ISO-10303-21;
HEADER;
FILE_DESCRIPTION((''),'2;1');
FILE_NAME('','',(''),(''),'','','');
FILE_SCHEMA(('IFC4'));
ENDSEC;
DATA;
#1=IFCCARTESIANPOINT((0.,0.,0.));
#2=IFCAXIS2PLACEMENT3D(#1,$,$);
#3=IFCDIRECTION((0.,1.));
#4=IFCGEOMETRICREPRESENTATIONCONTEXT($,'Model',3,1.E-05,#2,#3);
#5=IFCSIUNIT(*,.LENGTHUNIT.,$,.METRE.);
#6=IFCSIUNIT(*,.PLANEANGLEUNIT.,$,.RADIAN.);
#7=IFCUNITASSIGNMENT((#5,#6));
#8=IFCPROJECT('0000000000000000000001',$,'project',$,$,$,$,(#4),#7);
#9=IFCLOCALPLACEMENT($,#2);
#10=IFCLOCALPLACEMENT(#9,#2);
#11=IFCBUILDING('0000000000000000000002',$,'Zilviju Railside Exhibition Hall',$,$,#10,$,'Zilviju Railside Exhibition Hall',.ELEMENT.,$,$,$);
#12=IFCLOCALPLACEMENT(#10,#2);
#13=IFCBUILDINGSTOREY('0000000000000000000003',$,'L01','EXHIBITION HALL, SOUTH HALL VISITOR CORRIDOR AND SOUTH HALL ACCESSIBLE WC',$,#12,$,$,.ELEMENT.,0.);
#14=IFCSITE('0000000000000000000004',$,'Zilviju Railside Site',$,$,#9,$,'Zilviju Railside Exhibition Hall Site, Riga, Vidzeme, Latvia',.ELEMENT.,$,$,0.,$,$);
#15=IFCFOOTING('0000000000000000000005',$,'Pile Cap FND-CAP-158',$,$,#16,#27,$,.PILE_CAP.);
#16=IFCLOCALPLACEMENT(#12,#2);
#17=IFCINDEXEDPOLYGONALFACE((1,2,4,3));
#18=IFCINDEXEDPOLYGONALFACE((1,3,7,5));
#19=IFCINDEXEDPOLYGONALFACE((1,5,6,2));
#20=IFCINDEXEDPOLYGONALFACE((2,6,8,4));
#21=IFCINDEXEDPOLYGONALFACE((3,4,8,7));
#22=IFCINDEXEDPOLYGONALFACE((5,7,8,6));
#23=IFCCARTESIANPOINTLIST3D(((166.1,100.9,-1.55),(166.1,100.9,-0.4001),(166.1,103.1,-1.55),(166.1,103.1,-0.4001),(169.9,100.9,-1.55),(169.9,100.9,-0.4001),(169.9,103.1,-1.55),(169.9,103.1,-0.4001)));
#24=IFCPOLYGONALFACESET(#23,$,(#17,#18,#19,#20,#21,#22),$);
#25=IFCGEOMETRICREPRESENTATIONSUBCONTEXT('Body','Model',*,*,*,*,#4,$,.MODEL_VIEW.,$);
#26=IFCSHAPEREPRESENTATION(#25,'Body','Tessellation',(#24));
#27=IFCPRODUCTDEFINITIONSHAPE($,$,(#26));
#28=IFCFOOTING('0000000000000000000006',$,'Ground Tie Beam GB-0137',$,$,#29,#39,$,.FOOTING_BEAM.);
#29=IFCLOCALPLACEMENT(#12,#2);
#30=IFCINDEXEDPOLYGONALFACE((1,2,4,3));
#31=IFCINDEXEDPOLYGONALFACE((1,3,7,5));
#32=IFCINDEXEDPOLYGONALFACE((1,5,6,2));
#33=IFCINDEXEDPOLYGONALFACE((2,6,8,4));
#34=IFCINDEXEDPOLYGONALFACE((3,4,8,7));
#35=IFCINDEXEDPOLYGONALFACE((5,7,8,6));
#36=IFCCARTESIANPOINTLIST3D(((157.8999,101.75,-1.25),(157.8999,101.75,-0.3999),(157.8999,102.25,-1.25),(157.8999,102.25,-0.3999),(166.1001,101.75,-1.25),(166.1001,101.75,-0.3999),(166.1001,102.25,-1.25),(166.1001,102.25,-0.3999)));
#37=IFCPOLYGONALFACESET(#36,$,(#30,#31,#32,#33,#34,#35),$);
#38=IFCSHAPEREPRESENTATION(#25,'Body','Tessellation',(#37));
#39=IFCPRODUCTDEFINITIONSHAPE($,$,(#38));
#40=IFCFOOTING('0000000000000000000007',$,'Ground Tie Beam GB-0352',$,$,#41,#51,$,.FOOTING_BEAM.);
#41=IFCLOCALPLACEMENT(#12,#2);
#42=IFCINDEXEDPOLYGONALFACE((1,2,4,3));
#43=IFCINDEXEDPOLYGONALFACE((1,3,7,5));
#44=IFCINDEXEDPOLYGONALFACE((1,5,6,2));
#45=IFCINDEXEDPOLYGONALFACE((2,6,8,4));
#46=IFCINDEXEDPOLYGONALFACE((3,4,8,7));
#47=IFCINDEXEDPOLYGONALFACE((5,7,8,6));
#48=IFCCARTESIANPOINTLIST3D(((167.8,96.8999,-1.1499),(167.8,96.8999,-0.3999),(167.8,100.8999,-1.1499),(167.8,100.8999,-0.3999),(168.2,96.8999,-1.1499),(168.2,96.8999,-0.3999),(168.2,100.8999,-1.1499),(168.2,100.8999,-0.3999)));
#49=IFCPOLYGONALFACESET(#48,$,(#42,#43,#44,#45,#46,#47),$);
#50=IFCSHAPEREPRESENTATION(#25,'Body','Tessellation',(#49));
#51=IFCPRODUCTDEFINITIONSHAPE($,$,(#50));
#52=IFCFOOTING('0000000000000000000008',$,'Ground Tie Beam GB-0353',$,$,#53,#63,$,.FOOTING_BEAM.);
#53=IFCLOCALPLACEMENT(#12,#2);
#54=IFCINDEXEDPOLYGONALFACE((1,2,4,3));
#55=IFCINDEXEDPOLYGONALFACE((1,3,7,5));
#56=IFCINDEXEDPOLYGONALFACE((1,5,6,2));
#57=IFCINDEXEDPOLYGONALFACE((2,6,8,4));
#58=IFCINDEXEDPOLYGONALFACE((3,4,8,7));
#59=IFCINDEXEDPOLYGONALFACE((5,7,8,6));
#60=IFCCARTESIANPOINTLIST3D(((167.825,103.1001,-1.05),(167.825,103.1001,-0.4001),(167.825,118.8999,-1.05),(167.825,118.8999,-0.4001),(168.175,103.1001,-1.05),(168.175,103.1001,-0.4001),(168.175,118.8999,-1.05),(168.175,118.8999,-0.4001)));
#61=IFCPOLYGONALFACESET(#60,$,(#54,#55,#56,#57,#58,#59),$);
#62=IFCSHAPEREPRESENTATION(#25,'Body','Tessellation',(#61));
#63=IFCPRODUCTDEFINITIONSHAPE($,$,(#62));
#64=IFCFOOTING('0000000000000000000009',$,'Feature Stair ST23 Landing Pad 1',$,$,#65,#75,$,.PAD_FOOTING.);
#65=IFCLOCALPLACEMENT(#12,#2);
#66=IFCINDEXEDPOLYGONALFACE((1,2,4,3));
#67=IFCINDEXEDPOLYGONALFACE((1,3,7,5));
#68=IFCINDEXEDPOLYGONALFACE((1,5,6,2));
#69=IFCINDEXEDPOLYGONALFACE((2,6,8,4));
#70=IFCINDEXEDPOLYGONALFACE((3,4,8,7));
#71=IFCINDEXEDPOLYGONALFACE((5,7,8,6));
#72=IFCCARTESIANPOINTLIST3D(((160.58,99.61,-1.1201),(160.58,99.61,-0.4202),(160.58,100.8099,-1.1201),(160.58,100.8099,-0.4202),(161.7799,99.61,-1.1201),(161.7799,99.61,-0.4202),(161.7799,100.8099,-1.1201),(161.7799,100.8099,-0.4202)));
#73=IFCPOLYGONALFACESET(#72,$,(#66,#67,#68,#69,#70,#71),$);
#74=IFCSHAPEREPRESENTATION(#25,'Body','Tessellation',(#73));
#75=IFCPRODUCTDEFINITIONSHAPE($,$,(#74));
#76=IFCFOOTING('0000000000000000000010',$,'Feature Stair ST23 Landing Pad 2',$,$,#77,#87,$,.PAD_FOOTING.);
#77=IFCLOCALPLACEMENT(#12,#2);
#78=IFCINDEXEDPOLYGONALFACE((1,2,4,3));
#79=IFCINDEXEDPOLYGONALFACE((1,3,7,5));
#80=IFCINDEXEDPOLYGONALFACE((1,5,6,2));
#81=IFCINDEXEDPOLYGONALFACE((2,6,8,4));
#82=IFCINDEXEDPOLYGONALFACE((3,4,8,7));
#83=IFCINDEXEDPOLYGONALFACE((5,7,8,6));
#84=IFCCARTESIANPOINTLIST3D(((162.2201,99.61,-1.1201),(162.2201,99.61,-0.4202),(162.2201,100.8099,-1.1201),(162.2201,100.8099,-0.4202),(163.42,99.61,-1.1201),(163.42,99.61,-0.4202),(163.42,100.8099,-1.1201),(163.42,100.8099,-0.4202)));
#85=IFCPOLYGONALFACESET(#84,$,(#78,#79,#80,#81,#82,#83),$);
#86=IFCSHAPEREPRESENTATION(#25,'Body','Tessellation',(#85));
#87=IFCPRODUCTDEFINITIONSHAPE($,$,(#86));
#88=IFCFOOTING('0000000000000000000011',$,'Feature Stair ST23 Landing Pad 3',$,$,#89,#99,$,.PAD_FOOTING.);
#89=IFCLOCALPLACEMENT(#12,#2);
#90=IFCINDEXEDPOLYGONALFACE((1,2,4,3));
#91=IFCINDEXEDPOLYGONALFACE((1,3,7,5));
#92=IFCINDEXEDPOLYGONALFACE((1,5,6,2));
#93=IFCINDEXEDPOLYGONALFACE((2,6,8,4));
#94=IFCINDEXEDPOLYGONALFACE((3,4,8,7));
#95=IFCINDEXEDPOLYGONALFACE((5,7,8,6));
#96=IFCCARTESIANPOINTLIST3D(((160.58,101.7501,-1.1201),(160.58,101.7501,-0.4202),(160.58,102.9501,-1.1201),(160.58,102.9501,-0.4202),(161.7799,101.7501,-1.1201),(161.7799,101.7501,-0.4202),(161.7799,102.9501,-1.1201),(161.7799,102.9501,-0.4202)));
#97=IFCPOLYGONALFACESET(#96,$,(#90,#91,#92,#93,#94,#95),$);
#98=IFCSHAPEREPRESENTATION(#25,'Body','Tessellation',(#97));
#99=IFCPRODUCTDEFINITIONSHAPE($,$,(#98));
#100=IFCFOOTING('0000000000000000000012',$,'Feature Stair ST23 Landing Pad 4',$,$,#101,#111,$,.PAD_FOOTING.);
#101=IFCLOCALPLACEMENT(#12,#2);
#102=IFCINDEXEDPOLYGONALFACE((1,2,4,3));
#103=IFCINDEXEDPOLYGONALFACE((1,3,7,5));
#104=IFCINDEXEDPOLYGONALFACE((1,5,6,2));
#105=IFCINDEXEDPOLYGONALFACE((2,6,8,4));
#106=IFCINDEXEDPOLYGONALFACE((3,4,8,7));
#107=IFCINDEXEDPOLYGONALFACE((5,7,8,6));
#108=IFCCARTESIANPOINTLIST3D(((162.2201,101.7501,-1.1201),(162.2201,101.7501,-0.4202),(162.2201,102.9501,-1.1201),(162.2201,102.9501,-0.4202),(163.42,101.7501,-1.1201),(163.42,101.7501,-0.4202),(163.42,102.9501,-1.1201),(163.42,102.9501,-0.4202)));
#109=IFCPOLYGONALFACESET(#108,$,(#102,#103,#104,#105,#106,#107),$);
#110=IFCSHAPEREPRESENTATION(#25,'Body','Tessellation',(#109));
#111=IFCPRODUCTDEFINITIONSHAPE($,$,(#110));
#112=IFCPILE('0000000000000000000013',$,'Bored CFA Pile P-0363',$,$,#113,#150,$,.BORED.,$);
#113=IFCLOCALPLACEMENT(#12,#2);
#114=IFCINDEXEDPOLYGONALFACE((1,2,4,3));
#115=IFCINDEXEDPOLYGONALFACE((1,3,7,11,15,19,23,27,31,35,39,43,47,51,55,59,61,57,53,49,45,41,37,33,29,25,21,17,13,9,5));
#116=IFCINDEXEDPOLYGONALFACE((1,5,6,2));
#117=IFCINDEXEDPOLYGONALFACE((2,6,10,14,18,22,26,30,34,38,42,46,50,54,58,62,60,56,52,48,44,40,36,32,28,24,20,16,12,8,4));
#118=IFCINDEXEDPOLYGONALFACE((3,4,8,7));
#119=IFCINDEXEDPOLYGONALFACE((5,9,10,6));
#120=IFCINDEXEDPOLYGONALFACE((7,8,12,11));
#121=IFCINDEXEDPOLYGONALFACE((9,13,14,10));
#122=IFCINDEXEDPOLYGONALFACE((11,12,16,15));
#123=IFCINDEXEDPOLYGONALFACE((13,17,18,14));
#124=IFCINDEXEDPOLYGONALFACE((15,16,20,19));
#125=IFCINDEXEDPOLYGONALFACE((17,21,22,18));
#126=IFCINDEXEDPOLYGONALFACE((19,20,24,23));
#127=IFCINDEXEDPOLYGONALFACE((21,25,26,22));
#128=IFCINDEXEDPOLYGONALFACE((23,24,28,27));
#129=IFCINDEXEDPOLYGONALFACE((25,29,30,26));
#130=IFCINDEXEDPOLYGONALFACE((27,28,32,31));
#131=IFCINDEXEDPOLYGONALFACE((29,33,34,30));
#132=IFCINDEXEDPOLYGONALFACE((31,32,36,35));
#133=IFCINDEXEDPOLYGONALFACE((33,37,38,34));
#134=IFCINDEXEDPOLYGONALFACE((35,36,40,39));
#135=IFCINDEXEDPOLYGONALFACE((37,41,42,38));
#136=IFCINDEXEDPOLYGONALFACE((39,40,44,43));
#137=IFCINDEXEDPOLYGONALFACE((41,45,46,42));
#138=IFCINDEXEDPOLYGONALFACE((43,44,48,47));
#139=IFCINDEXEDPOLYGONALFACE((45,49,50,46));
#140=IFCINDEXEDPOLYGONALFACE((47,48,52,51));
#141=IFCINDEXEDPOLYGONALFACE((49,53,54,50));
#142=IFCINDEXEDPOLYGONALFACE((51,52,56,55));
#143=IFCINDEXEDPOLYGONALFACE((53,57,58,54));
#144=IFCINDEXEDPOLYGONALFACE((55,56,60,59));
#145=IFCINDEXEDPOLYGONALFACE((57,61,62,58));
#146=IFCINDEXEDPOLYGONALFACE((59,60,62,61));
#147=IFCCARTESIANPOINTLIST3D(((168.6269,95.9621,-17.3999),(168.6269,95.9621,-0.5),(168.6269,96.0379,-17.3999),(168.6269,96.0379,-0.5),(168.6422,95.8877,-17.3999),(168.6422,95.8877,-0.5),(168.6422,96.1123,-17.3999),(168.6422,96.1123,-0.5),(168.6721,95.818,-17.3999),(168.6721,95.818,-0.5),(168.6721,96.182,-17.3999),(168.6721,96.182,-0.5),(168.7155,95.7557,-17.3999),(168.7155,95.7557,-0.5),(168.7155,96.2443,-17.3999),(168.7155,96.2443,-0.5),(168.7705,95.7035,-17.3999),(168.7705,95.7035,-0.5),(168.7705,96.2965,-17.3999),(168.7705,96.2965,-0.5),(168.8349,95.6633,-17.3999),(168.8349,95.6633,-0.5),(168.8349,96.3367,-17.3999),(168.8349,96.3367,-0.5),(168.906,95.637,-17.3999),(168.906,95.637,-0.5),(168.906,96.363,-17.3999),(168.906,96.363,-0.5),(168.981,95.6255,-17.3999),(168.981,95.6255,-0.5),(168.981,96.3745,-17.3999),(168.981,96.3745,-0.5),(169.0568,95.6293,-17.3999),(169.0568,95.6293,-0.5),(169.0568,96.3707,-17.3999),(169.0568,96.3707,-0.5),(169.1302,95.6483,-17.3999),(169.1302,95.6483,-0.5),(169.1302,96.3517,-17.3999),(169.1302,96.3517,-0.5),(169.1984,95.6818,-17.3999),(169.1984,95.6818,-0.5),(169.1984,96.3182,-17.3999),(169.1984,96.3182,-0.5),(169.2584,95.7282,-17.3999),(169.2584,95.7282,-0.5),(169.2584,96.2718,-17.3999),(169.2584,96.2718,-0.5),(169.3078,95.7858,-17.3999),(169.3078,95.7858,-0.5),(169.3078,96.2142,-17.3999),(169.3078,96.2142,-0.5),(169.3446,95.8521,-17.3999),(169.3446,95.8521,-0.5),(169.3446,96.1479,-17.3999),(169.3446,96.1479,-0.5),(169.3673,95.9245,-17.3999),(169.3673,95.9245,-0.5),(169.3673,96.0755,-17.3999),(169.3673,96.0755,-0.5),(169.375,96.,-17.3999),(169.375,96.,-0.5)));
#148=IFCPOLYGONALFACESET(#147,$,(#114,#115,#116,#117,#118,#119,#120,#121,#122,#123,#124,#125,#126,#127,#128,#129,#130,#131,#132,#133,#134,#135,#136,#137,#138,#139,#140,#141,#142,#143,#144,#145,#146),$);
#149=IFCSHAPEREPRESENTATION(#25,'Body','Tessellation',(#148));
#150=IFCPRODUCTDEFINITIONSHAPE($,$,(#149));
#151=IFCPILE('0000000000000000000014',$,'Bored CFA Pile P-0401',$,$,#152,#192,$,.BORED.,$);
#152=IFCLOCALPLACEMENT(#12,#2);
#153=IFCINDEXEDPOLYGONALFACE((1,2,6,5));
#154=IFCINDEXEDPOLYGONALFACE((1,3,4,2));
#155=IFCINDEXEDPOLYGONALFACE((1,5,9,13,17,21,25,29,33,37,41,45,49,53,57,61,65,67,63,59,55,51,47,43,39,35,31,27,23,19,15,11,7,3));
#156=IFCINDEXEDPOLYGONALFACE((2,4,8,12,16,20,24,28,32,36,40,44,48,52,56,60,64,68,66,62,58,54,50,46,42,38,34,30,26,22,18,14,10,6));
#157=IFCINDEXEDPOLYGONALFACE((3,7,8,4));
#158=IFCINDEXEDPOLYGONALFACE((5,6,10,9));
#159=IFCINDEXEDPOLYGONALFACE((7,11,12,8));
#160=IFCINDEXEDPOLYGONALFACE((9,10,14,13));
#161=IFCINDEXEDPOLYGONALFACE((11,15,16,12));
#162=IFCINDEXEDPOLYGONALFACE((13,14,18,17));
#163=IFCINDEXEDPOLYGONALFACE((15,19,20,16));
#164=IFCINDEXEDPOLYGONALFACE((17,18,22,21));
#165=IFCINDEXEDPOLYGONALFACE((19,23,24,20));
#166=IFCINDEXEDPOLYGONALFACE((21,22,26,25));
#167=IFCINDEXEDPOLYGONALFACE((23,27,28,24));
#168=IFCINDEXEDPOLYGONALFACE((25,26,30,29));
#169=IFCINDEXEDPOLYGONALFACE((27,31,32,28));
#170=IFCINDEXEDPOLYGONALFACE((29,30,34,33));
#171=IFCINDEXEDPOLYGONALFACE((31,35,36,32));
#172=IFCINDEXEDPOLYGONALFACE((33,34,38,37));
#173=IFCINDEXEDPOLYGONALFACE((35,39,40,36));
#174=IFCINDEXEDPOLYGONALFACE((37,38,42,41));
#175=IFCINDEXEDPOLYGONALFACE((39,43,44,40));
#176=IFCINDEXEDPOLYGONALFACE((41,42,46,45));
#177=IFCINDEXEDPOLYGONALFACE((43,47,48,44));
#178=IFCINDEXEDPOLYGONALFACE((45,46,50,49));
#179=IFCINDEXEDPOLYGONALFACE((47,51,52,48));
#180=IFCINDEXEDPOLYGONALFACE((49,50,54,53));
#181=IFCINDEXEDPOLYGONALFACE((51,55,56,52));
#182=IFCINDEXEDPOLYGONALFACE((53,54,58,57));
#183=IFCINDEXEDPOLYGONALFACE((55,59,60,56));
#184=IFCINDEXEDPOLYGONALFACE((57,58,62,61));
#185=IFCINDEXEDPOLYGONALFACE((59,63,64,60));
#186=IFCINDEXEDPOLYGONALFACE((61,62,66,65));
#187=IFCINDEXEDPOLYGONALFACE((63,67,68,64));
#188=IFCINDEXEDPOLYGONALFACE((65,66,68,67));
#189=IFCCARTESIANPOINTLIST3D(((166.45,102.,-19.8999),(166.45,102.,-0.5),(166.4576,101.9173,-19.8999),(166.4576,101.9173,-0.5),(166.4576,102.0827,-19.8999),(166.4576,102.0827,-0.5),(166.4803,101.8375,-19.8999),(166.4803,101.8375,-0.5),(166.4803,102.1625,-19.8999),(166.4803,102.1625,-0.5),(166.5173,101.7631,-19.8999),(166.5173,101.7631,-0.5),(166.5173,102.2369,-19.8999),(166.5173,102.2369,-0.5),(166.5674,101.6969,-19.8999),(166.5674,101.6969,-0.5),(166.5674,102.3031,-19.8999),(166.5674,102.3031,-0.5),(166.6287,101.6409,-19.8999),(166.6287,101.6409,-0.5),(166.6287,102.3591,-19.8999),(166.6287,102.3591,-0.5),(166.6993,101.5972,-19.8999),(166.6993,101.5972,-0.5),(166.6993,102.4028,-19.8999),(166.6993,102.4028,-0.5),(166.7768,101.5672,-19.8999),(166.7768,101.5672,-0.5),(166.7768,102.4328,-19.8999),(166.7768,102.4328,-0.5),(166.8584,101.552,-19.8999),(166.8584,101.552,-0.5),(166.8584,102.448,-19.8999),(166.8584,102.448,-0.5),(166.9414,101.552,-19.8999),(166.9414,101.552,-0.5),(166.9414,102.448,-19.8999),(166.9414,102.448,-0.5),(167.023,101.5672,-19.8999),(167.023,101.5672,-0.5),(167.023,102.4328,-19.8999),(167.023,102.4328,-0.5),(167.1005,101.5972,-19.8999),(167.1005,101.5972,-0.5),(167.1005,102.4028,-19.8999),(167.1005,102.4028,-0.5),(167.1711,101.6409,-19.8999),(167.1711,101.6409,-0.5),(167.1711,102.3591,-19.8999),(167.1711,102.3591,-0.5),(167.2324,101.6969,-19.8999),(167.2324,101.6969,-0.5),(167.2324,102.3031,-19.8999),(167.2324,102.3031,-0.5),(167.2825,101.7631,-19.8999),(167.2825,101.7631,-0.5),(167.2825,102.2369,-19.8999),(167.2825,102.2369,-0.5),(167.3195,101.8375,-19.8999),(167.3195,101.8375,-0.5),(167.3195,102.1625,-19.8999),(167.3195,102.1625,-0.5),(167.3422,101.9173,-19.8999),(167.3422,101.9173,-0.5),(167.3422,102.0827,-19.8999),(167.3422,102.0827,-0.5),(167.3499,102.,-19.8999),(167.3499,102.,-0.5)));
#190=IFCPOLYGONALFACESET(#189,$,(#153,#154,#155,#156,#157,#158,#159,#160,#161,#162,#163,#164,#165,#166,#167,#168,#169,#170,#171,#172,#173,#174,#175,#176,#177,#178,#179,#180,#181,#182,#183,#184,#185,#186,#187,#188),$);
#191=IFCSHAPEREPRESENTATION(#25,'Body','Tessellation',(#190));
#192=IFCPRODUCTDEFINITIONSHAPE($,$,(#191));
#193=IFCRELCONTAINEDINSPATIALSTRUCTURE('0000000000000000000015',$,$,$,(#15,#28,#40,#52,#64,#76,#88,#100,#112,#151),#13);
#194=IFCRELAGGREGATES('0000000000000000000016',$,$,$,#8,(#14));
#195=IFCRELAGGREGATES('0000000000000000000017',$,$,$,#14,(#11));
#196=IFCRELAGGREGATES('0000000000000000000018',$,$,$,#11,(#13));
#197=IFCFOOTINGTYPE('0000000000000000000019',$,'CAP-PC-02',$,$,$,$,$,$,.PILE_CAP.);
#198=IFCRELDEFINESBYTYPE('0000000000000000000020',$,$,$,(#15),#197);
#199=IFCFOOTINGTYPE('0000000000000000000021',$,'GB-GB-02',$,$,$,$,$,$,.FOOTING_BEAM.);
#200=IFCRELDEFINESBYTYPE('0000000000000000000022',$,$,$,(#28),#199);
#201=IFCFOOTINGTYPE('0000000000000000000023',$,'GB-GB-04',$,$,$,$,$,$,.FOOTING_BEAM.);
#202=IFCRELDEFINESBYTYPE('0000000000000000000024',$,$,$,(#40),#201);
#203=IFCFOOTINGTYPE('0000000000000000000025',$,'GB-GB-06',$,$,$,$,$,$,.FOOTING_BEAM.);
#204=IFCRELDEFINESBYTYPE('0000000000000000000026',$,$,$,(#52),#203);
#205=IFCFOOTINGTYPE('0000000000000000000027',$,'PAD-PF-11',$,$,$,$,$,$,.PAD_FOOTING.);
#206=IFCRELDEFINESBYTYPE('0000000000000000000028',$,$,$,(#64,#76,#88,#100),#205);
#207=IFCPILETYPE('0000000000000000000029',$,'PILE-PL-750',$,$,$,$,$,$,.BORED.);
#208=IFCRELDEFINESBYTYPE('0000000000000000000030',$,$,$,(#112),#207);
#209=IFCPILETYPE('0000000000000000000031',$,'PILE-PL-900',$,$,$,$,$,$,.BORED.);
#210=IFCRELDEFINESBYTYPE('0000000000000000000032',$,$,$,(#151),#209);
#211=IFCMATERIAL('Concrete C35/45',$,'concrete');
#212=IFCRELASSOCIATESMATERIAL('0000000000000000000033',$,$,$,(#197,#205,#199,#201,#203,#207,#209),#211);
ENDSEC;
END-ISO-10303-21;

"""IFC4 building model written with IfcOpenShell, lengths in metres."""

from ifc_helpers import new_model, si_unit, direction, frame, origin, origin_2d, place, context, subcontext, project, spatial, rectangle, circle, extrude, material, material_profile, profile_set, type_object, element, save


model = new_model("IFC4")

# Units and contexts
model_context = context("Model", 3, precision=1e-05, world=origin(), true_north=direction((0.0, 1.0)))
body_context = subcontext(model_context, "Body", "Model", "MODEL_VIEW")
ifc_project = project(units=[si_unit("LENGTHUNIT", "METRE"), si_unit("PLANEANGLEUNIT", "RADIAN")], contexts=[model_context])

# Site, building, storey
site_placement = place(None, origin())
site = spatial("IfcSite", under=ifc_project, at=site_placement, Name="Zilviju Railside Site", LongName="Zilviju Railside Exhibition Hall Site, Riga, Vidzeme, Latvia", CompositionType="ELEMENT", RefElevation=0.0)
building_placement = place(site_placement, origin())
building = spatial("IfcBuilding", under=site, at=building_placement, Name="Zilviju Railside Exhibition Hall", LongName="Zilviju Railside Exhibition Hall", CompositionType="ELEMENT")
storey_placement = place(building_placement, origin())
storey = spatial("IfcBuildingStorey", under=building, at=storey_placement, Name="L01", Description="EXHIBITION HALL, SOUTH HALL VISITOR CORRIDOR AND SOUTH HALL ACCESSIBLE WC", CompositionType="ELEMENT", Elevation=0.0)

# Footings
ifc_material_1 = material(Name="Concrete C35/45", Category="concrete")
footing_type_1 = type_object("IfcFootingType", Name="CAP-PC-02", PredefinedType="PILE_CAP", material=ifc_material_1)
footing_1_placement = place(storey_placement, frame((168.0, 102.0, -1.55), z_axis=(0.0, 0.0, 1.0), x_axis=(1.0, 0.0, 0.0)))
element("IfcFooting", 1, at=footing_1_placement, inside=storey, type_object=footing_type_1, Name="Pile Cap FND-CAP-158", PredefinedType="PILE_CAP", context=body_context, shape_type="SweptSolid", body=[
    extrude(rectangle(XDim=3.8, YDim=2.2, at=origin_2d()), origin(), (0.0, 0.0, 1.0), 1.1499),
])
ifc_material_profile_1 = material_profile(ifc_material_1, rectangle(XDim=0.5, YDim=0.8501, at=origin_2d()), Name="TIE BEAM 500x850")
ifc_profile_set_1 = profile_set([ifc_material_profile_1], Name="Concrete C35/45")
footing_type_2 = type_object("IfcFootingType", Name="GB-GB-02", PredefinedType="FOOTING_BEAM", material=ifc_profile_set_1)
footing_2_placement = place(storey_placement, frame((157.8999, 102.0, -0.825), z_axis=(1.0, 0.0, 0.0), x_axis=(0.0, 1.0, 0.0)))
element("IfcFooting", 2, at=footing_2_placement, inside=storey, type_object=footing_type_2, Name="Ground Tie Beam GB-0137", PredefinedType="FOOTING_BEAM", context=body_context, shape_type="SweptSolid", body=[
    extrude(rectangle(XDim=0.5, YDim=0.8501, at=origin_2d()), origin(), (0.0, 0.0, 1.0), 8.2002),
])
ifc_material_profile_2 = material_profile(ifc_material_1, rectangle(XDim=0.3999, YDim=0.75, at=origin_2d()), Name="TIE BEAM 400x750")
ifc_profile_set_2 = profile_set([ifc_material_profile_2], Name="Concrete C35/45")
footing_type_3 = type_object("IfcFootingType", Name="GB-GB-04", PredefinedType="FOOTING_BEAM", material=ifc_profile_set_2)
footing_3_placement = place(storey_placement, frame((168.0, 96.8999, -0.7749), z_axis=(0.0, 1.0, 0.0), x_axis=(-1.0, 0.0, 0.0)))
element("IfcFooting", 3, at=footing_3_placement, inside=storey, type_object=footing_type_3, Name="Ground Tie Beam GB-0352", PredefinedType="FOOTING_BEAM", context=body_context, shape_type="SweptSolid", body=[
    extrude(rectangle(XDim=0.3999, YDim=0.75, at=origin_2d()), origin(), (0.0, 0.0, 1.0), 4.0),
])
ifc_material_profile_3 = material_profile(ifc_material_1, rectangle(XDim=0.3501, YDim=0.6499, at=origin_2d()), Name="TIE BEAM 350x650")
ifc_profile_set_3 = profile_set([ifc_material_profile_3], Name="Concrete C35/45")
footing_type_4 = type_object("IfcFootingType", Name="GB-GB-06", PredefinedType="FOOTING_BEAM", material=ifc_profile_set_3)
footing_4_placement = place(storey_placement, frame((168.0, 103.1001, -0.7251), z_axis=(0.0, 1.0, 0.0), x_axis=(-1.0, 0.0, 0.0)))
element("IfcFooting", 4, at=footing_4_placement, inside=storey, type_object=footing_type_4, Name="Ground Tie Beam GB-0353", PredefinedType="FOOTING_BEAM", context=body_context, shape_type="SweptSolid", body=[
    extrude(rectangle(XDim=0.3501, YDim=0.6499, at=origin_2d()), origin(), (0.0, 0.0, 1.0), 15.7998),
])
footing_type_5 = type_object("IfcFootingType", Name="PAD-PF-11", PredefinedType="PAD_FOOTING", material=ifc_material_1)
for number, where, z_axis, x_axis, name in (
    (5, (161.1799, 100.21, -1.1201), (0.0, 0.0, 1.0), (1.0, 0.0, 0.0), "Feature Stair ST23 Landing Pad 1"),
    (6, (162.8201, 100.21, -1.1201), (0.0, 0.0, 1.0), (1.0, 0.0, 0.0), "Feature Stair ST23 Landing Pad 2"),
    (7, (161.1799, 102.3501, -1.1201), (0.0, 0.0, 1.0), (1.0, 0.0, 0.0), "Feature Stair ST23 Landing Pad 3"),
    (8, (162.8201, 102.3501, -1.1201), (0.0, 0.0, 1.0), (1.0, 0.0, 0.0), "Feature Stair ST23 Landing Pad 4"),
):
    element("IfcFooting", number, at=place(storey_placement, frame(where, z_axis=z_axis, x_axis=x_axis)), inside=storey, type_object=footing_type_5, Name=name, PredefinedType="PAD_FOOTING", context=body_context, shape_type="SweptSolid", body=[
        extrude(rectangle(XDim=1.2, YDim=1.2, at=origin_2d()), origin(), (0.0, 0.0, 1.0), 0.7),
    ])

# Piles
ifc_material_profile_4 = material_profile(ifc_material_1, circle(Radius=0.375, at=origin_2d()), Name="CFA PILE D750")
ifc_profile_set_4 = profile_set([ifc_material_profile_4], Name="Concrete C35/45")
pile_type_1 = type_object("IfcPileType", Name="PILE-PL-750", PredefinedType="BORED", material=ifc_profile_set_4)
pile_placement = place(storey_placement, frame((169.0, 96.0, -0.5), z_axis=(0.0, 0.0, -1.0), x_axis=(1.0, 0.0, 0.0)))
element("IfcPile", 9, at=pile_placement, inside=storey, type_object=pile_type_1, Name="Bored CFA Pile P-0363", PredefinedType="BORED", context=body_context, shape_type="SweptSolid", body=[
    extrude(circle(Radius=0.375, at=origin_2d()), origin(), (0.0, 0.0, 1.0), 16.8999),
])
ifc_material_profile_5 = material_profile(ifc_material_1, circle(Radius=0.45, at=origin_2d()), Name="CFA PILE D900")
ifc_profile_set_5 = profile_set([ifc_material_profile_5], Name="Concrete C35/45")
pile_type_2 = type_object("IfcPileType", Name="PILE-PL-900", PredefinedType="BORED", material=ifc_profile_set_5)
for number, where, z_axis, x_axis, name in (
    (10, (166.8999, 102.0, -0.5), (0.0, 0.0, -1.0), (1.0, 0.0, 0.0), "Bored CFA Pile P-0401"),
):
    element("IfcPile", number, at=place(storey_placement, frame(where, z_axis=z_axis, x_axis=x_axis)), inside=storey, type_object=pile_type_2, Name=name, PredefinedType="BORED", context=body_context, shape_type="SweptSolid", body=[
        extrude(circle(Radius=0.45, at=origin_2d()), origin(), (0.0, 0.0, 1.0), 19.3999),
    ])

save(model, "model.ifc")
